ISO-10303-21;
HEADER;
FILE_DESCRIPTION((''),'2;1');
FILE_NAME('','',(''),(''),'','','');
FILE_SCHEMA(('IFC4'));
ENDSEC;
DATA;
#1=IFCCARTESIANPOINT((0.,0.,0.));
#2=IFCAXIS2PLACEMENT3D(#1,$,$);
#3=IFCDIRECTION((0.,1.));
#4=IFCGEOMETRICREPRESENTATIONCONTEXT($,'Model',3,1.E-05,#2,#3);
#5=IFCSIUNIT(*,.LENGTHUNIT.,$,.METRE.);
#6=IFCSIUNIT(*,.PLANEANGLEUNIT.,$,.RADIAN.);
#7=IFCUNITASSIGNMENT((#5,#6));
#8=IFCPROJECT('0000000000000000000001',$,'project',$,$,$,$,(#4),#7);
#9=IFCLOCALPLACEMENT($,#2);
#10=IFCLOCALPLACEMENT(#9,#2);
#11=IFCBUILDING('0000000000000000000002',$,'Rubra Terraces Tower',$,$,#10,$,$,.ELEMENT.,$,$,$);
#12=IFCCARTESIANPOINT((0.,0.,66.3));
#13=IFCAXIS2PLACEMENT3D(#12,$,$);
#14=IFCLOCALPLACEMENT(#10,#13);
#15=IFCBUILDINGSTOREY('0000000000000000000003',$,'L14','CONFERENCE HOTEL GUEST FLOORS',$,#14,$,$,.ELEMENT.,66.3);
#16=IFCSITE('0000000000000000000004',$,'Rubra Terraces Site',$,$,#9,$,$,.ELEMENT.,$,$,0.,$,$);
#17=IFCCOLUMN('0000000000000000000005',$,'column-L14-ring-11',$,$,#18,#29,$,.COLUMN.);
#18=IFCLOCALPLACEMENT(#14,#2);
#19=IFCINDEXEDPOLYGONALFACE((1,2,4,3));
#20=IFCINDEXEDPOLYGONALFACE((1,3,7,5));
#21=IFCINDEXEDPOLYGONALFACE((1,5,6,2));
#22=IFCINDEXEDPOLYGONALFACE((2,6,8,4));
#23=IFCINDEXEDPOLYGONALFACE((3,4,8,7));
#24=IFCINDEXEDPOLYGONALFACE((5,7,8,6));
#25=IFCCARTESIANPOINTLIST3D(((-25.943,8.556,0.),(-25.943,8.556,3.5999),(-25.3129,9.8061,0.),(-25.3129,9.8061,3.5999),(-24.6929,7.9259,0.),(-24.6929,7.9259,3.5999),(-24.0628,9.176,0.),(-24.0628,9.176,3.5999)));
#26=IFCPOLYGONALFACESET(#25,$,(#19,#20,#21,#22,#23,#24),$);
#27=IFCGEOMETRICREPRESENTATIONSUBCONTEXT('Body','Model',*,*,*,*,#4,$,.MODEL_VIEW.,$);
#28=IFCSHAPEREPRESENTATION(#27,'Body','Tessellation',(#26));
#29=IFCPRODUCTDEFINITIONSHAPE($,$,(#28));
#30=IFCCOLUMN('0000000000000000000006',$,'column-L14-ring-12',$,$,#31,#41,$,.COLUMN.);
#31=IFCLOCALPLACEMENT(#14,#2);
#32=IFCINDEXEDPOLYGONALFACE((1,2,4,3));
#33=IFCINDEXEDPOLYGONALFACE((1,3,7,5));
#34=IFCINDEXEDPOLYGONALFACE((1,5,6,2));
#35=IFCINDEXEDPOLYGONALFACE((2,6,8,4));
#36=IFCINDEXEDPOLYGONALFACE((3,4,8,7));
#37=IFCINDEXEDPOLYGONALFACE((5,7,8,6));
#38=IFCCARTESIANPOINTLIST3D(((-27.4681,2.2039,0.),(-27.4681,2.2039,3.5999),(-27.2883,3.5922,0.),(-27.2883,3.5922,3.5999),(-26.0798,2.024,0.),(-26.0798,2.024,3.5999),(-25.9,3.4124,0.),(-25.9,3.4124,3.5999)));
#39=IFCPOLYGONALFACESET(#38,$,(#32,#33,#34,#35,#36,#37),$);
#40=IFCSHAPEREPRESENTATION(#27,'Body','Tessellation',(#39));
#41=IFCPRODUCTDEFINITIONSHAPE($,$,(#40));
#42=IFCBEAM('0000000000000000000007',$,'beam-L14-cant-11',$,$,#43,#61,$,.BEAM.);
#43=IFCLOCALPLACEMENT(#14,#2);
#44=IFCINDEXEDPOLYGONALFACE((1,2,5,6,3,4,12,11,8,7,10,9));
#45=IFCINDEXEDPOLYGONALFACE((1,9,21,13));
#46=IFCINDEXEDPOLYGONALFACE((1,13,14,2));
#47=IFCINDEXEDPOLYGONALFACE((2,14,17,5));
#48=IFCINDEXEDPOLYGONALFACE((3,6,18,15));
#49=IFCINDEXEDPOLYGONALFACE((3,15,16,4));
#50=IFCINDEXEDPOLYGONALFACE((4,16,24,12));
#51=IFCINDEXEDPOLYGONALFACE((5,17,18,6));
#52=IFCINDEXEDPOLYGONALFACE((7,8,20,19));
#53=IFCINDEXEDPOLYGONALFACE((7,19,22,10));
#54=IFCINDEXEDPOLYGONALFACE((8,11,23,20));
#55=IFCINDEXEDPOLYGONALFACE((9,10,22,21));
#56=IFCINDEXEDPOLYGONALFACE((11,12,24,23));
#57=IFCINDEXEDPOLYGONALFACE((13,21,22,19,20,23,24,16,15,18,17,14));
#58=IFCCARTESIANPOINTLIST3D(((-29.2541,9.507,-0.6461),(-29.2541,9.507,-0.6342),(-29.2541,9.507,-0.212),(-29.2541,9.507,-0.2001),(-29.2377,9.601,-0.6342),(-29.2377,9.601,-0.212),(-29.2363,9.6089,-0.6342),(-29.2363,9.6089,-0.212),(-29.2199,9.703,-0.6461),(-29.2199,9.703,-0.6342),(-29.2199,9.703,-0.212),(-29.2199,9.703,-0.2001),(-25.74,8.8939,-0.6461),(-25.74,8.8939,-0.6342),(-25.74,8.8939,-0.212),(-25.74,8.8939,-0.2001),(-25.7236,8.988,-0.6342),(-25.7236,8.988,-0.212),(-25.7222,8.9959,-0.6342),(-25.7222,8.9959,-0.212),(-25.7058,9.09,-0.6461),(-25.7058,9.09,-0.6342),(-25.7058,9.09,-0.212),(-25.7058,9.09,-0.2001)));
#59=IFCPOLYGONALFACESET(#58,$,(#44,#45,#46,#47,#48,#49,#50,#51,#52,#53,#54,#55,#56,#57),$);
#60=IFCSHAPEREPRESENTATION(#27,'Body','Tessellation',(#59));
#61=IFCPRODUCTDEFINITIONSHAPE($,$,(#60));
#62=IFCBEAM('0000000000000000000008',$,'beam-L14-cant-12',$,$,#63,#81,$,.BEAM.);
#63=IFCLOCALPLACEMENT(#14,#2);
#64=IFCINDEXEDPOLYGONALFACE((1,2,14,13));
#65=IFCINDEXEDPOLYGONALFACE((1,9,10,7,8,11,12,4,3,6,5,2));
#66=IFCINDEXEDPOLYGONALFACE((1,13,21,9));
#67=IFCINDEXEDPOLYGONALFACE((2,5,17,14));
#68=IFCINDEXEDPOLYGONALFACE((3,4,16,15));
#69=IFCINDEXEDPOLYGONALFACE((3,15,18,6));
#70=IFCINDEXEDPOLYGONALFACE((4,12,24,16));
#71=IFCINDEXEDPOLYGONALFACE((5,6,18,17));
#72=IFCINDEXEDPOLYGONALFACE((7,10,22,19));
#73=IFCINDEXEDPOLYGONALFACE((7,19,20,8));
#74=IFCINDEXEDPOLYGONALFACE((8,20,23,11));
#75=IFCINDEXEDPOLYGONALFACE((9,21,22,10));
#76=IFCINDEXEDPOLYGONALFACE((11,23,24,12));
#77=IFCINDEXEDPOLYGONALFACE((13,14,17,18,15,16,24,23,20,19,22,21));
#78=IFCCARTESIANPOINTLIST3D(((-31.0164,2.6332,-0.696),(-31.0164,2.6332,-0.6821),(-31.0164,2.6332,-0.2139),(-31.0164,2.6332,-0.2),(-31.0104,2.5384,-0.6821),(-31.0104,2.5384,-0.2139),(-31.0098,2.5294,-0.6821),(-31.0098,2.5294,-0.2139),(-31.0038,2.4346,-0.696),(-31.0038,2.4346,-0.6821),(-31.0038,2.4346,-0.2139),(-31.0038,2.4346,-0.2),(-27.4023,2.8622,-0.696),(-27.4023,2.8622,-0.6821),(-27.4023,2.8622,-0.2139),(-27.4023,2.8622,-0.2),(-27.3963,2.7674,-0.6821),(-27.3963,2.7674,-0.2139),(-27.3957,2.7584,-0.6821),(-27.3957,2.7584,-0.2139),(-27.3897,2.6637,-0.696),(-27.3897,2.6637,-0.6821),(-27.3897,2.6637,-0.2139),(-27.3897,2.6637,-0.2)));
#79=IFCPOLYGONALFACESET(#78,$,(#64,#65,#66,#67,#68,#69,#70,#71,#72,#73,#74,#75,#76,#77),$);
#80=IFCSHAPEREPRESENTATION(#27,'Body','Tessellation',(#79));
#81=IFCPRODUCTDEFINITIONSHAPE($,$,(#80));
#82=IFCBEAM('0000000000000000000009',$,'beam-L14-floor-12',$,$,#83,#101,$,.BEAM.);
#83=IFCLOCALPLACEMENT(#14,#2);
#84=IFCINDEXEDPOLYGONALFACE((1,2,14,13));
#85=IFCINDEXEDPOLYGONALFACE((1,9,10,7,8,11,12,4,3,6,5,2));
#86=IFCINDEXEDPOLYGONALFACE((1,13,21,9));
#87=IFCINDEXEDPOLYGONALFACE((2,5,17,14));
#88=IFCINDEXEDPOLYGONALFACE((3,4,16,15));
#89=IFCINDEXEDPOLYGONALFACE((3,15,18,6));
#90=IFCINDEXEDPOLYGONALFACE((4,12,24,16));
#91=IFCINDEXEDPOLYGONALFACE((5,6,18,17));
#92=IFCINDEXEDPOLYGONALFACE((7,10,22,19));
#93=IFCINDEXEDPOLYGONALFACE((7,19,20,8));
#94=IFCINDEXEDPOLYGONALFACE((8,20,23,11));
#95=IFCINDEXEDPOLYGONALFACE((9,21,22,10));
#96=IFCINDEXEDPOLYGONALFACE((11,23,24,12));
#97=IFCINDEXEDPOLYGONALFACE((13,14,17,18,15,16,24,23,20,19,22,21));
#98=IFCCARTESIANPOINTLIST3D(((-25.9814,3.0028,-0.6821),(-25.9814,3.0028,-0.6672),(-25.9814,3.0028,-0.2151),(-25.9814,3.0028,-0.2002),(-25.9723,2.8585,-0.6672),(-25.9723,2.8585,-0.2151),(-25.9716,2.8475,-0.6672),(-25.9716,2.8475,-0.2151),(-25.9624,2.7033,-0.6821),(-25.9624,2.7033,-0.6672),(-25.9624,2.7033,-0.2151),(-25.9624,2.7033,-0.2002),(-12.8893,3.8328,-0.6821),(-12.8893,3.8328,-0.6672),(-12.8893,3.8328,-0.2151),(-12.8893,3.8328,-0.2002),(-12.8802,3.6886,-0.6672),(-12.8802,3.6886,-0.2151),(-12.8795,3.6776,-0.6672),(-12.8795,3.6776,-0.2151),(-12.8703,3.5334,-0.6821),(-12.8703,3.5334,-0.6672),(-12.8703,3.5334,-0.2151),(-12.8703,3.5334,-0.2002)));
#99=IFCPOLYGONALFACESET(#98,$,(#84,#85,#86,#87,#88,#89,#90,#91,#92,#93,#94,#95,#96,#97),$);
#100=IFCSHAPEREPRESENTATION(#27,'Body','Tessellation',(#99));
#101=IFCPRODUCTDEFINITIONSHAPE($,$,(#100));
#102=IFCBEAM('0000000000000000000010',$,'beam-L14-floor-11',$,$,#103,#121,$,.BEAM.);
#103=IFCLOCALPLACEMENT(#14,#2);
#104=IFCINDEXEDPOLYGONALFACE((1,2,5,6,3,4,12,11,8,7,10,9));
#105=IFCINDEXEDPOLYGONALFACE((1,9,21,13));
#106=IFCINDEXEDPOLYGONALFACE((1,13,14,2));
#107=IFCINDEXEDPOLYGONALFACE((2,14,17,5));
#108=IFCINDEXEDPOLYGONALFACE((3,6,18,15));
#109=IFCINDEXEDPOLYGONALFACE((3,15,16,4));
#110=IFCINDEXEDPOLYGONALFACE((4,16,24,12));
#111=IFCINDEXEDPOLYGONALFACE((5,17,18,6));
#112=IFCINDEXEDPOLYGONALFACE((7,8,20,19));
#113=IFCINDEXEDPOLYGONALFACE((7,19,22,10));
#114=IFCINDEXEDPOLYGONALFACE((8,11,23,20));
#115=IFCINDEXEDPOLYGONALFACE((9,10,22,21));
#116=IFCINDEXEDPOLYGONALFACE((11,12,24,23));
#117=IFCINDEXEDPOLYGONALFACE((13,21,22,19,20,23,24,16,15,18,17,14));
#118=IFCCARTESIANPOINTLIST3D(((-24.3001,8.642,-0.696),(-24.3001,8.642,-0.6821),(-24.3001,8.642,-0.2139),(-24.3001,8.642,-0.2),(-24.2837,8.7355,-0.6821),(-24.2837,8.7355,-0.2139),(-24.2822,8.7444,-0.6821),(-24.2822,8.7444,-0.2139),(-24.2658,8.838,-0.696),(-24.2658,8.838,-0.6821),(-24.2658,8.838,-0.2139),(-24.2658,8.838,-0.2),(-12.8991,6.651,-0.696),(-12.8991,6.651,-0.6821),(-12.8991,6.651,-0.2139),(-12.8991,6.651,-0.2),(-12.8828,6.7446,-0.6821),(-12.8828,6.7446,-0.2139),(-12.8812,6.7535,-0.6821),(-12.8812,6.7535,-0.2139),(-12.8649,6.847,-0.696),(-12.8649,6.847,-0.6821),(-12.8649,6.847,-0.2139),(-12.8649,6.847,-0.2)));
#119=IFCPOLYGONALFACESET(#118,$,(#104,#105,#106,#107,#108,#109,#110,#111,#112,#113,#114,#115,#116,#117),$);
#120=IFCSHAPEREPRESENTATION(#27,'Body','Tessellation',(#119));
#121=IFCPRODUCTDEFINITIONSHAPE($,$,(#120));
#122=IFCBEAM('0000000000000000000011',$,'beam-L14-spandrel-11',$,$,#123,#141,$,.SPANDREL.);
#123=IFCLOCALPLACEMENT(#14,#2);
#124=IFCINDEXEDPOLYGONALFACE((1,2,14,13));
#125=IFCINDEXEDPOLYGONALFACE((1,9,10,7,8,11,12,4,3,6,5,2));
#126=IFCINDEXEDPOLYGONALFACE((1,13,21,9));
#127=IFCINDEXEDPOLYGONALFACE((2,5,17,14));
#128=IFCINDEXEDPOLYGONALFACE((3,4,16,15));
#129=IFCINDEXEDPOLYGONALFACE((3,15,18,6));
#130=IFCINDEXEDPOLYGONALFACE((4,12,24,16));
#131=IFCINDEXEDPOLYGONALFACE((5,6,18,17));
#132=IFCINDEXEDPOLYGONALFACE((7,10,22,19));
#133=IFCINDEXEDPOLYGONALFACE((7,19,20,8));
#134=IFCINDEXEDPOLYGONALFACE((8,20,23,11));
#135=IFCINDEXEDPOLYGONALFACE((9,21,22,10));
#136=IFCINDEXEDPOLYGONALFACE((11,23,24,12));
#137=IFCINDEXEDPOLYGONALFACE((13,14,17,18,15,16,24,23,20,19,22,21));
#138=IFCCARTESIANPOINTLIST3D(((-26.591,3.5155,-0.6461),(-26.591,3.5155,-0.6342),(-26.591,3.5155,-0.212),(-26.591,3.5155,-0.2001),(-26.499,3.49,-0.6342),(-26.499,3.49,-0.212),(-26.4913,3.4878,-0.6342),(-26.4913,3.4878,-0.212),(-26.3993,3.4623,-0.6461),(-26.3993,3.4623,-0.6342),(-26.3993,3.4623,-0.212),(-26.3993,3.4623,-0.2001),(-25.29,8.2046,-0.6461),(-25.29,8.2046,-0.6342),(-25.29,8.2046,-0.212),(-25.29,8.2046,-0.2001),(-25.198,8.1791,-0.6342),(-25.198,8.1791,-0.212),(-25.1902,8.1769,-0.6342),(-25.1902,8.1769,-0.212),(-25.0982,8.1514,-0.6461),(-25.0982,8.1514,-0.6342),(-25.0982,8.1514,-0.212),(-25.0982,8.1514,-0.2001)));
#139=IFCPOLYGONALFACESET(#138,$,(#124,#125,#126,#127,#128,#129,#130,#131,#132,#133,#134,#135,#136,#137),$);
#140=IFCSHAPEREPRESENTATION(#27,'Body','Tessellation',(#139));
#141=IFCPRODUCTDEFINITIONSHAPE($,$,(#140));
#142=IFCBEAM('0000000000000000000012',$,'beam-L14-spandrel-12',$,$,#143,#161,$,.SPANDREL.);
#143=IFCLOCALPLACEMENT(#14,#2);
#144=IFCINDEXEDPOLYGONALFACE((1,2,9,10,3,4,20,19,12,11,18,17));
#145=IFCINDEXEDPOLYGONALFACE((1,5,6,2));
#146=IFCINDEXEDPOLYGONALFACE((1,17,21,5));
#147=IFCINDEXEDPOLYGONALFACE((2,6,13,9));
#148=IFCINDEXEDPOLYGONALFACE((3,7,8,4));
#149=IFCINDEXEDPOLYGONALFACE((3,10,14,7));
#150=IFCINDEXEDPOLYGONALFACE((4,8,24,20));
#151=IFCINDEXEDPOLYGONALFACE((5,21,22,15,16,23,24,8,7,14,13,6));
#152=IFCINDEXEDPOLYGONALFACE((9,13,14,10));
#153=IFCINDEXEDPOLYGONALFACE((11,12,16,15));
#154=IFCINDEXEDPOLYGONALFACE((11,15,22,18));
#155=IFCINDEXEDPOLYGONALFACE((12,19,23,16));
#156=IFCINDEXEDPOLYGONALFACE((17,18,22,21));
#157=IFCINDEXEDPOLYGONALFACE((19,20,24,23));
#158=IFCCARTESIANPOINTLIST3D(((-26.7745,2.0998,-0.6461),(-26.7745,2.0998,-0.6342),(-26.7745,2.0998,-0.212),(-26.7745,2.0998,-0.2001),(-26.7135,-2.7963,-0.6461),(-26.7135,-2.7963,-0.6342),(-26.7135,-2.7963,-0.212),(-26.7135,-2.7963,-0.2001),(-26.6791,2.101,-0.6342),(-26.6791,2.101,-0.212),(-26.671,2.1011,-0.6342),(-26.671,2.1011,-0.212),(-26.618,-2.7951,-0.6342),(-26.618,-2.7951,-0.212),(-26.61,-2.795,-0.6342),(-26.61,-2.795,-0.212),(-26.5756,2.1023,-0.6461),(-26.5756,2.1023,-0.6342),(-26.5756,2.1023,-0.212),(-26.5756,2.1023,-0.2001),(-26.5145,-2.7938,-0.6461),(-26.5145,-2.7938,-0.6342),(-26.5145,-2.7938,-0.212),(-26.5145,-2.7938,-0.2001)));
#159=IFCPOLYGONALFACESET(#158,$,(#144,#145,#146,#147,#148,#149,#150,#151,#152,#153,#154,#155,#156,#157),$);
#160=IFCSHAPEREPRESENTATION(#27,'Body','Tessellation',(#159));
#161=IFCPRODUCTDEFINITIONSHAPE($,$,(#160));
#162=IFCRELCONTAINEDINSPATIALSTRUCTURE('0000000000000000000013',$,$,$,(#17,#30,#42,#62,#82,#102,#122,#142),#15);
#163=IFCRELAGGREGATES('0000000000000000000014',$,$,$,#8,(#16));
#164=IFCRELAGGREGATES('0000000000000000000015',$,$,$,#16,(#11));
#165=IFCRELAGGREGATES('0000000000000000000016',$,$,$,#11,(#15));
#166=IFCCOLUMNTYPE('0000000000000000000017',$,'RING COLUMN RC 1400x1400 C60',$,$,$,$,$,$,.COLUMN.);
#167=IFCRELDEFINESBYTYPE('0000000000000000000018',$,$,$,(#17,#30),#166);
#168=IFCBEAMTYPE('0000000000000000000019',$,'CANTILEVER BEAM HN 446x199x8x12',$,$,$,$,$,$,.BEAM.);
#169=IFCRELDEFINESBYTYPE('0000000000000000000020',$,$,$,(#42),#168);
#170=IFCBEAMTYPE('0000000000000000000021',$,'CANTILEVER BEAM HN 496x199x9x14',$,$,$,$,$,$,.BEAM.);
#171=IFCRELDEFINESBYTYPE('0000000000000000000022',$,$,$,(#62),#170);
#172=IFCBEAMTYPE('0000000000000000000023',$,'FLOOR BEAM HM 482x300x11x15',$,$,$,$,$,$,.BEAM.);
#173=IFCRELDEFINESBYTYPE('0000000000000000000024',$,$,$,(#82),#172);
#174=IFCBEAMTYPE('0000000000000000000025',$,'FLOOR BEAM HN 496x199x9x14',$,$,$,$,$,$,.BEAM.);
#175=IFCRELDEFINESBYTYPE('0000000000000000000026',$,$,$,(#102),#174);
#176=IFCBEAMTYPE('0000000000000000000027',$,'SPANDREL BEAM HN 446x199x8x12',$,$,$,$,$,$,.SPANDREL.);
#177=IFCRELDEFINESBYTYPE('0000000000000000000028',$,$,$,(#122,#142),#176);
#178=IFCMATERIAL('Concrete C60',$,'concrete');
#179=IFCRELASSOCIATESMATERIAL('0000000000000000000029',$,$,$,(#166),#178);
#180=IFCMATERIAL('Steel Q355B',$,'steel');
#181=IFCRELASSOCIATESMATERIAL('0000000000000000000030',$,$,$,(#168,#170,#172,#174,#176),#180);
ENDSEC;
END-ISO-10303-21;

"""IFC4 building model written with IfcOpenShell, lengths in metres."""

from ifc_helpers import new_model, si_unit, direction, frame, origin, origin_2d, place, context, subcontext, project, spatial, rectangle, i_section, extrude, material, material_profile, profile_set, type_object, element, save


model = new_model("IFC4")

# Units and contexts
model_context = context("Model", 3, precision=1e-05, world=origin(), true_north=direction((0.0, 1.0)))
body_context = subcontext(model_context, "Body", "Model", "MODEL_VIEW")
ifc_project = project(units=[si_unit("LENGTHUNIT", "METRE"), si_unit("PLANEANGLEUNIT", "RADIAN")], contexts=[model_context])

# Site, building, storey
site_placement = place(None, origin())
site = spatial("IfcSite", under=ifc_project, at=site_placement, Name="Rubra Terraces Site", CompositionType="ELEMENT", RefElevation=0.0)
building_placement = place(site_placement, origin())
building = spatial("IfcBuilding", under=site, at=building_placement, Name="Rubra Terraces Tower", CompositionType="ELEMENT")
storey_placement = place(building_placement, frame((0.0, 0.0, 66.3)))
storey = spatial("IfcBuildingStorey", under=building, at=storey_placement, Name="L14", Description="CONFERENCE HOTEL GUEST FLOORS", CompositionType="ELEMENT", Elevation=66.3)

# Columns
ifc_material_1 = material(Name="Concrete C60", Category="concrete")
ifc_material_profile_1 = material_profile(ifc_material_1, rectangle(XDim=1.3999, YDim=1.3999, at=origin_2d()), Name="RC 1400x1400")
ifc_profile_set_1 = profile_set([ifc_material_profile_1], Name="Concrete C60")
column_type = type_object("IfcColumnType", Name="RING COLUMN RC 1400x1400 C60", PredefinedType="COLUMN", material=ifc_profile_set_1)
for number, where, z_axis, x_axis, name in (
    (1, (-25.0029, 8.866, 0.0), (0.0, 0.0, 1.0), (-0.450099, -0.892979, 0.0), "column-L14-ring-11"),
    (2, (-26.6841, 2.8081, 0.0), (0.0, 0.0, 1.0), (-0.128445, -0.991717, 0.0), "column-L14-ring-12"),
):
    element("IfcColumn", number, at=place(storey_placement, frame(where, z_axis=z_axis, x_axis=x_axis)), inside=storey, type_object=column_type, Name=name, PredefinedType="COLUMN", context=body_context, shape_type="SweptSolid", body=[
        extrude(rectangle(XDim=1.3999, YDim=1.3999, at=origin_2d()), origin(), (0.0, 0.0, 1.0), 3.5999),
    ])

# Beams
ifc_material_2 = material(Name="Steel Q355B", Category="steel")
ifc_material_profile_2 = material_profile(ifc_material_2, i_section(OverallWidth=0.199, OverallDepth=0.446, WebThickness=0.0081, FlangeThickness=0.012, at=origin_2d()), Name="HN 446x199x8x12")
ifc_profile_set_2 = profile_set([ifc_material_profile_2], Name="Steel Q355B")
beam_type_1 = type_object("IfcBeamType", Name="CANTILEVER BEAM HN 446x199x8x12", PredefinedType="BEAM", material=ifc_profile_set_2)
beam_1_placement = place(storey_placement, frame((-25.7229, 8.9919, -0.4231), z_axis=(-0.985123, 0.171852, 0.0), x_axis=(-0.171852, -0.985123, 0.0)))
element("IfcBeam", 3, at=beam_1_placement, inside=storey, type_object=beam_type_1, Name="beam-L14-cant-11", PredefinedType="BEAM", context=body_context, shape_type="SweptSolid", body=[
    extrude(i_section(OverallWidth=0.199, OverallDepth=0.446, WebThickness=0.0081, FlangeThickness=0.012, at=origin_2d()), origin(), (0.0, 0.0, 1.0), 3.5671),
])
ifc_material_profile_3 = material_profile(ifc_material_2, i_section(OverallWidth=0.199, OverallDepth=0.4961, WebThickness=0.009, FlangeThickness=0.0139, at=origin_2d()), Name="HN 496x199x9x14")
ifc_profile_set_3 = profile_set([ifc_material_profile_3], Name="Steel Q355B")
beam_type_2 = type_object("IfcBeamType", Name="CANTILEVER BEAM HN 496x199x9x14", PredefinedType="BEAM", material=ifc_profile_set_3)
beam_2_placement = place(storey_placement, frame((-27.396, 2.7629, -0.448), z_axis=(-0.997998, -0.063239, 0.0), x_axis=(0.063239, -0.997998, 0.0)))
element("IfcBeam", 4, at=beam_2_placement, inside=storey, type_object=beam_type_2, Name="beam-L14-cant-12", PredefinedType="BEAM", context=body_context, shape_type="SweptSolid", body=[
    extrude(i_section(OverallWidth=0.199, OverallDepth=0.4961, WebThickness=0.009, FlangeThickness=0.0139, at=origin_2d()), origin(), (0.0, 0.0, 1.0), 3.6213),
])
ifc_material_profile_4 = material_profile(ifc_material_2, i_section(OverallWidth=0.3, OverallDepth=0.4819, WebThickness=0.011, FlangeThickness=0.0149, at=origin_2d()), Name="HM 482x300x11x15")
ifc_profile_set_4 = profile_set([ifc_material_profile_4], Name="Steel Q355B")
beam_type_3 = type_object("IfcBeamType", Name="FLOOR BEAM HM 482x300x11x15", PredefinedType="BEAM", material=ifc_profile_set_4)
beam_3_placement = place(storey_placement, frame((-25.9719, 2.853, -0.4412), z_axis=(0.997996, 0.063276, 0.0), x_axis=(-0.063276, 0.997996, 0.0)))
element("IfcBeam", 5, at=beam_3_placement, inside=storey, type_object=beam_type_3, Name="beam-L14-floor-12", PredefinedType="BEAM", context=body_context, shape_type="SweptSolid", body=[
    extrude(i_section(OverallWidth=0.3, OverallDepth=0.4819, WebThickness=0.011, FlangeThickness=0.0149, at=origin_2d()), origin(), (0.0, 0.0, 1.0), 13.1184),
])
ifc_material_profile_5 = material_profile(ifc_material_2, i_section(OverallWidth=0.199, OverallDepth=0.4961, WebThickness=0.009, FlangeThickness=0.0139, at=origin_2d()), Name="HN 496x199x9x14")
ifc_profile_set_5 = profile_set([ifc_material_profile_5], Name="Steel Q355B")
beam_type_4 = type_object("IfcBeamType", Name="FLOOR BEAM HN 496x199x9x14", PredefinedType="BEAM", material=ifc_profile_set_5)
beam_4_placement = place(storey_placement, frame((-24.283, 8.74, -0.448), z_axis=(0.985092, -0.172029, 0.0), x_axis=(0.172029, 0.985092, 0.0)))
element("IfcBeam", 6, at=beam_4_placement, inside=storey, type_object=beam_type_4, Name="beam-L14-floor-11", PredefinedType="BEAM", context=body_context, shape_type="SweptSolid", body=[
    extrude(i_section(OverallWidth=0.199, OverallDepth=0.4961, WebThickness=0.009, FlangeThickness=0.0139, at=origin_2d()), origin(), (0.0, 0.0, 1.0), 11.5735),
])
ifc_material_profile_6 = material_profile(ifc_material_2, i_section(OverallWidth=0.199, OverallDepth=0.446, WebThickness=0.0081, FlangeThickness=0.012, at=origin_2d()), Name="HN 446x199x8x12")
ifc_profile_set_6 = profile_set([ifc_material_profile_6], Name="Steel Q355B")
beam_type_5 = type_object("IfcBeamType", Name="SPANDREL BEAM HN 446x199x8x12", PredefinedType="SPANDREL", material=ifc_profile_set_6)
beam_5_placement = place(storey_placement, frame((-25.1941, 8.178, -0.4231), z_axis=(-0.267364, -0.963595, 0.0), x_axis=(0.963595, -0.267364, 0.0)))
element("IfcBeam", 7, at=beam_5_placement, inside=storey, type_object=beam_type_5, Name="beam-L14-spandrel-11", PredefinedType="SPANDREL", context=body_context, shape_type="SweptSolid", body=[
    extrude(i_section(OverallWidth=0.199, OverallDepth=0.446, WebThickness=0.0081, FlangeThickness=0.012, at=origin_2d()), origin(), (0.0, 0.0, 1.0), 4.8662),
])
beam_6_placement = place(storey_placement, frame((-26.675, 2.1011, -0.4231), z_axis=(0.012465, -0.999922, 0.0), x_axis=(0.999922, 0.012465, 0.0)))
element("IfcBeam", 8, at=beam_6_placement, inside=storey, type_object=beam_type_5, Name="beam-L14-spandrel-12", PredefinedType="SPANDREL", context=body_context, shape_type="SweptSolid", body=[
    extrude(i_section(OverallWidth=0.199, OverallDepth=0.446, WebThickness=0.0081, FlangeThickness=0.012, at=origin_2d()), origin(), (0.0, 0.0, 1.0), 4.8965),
])

save(model, "model.ifc")
